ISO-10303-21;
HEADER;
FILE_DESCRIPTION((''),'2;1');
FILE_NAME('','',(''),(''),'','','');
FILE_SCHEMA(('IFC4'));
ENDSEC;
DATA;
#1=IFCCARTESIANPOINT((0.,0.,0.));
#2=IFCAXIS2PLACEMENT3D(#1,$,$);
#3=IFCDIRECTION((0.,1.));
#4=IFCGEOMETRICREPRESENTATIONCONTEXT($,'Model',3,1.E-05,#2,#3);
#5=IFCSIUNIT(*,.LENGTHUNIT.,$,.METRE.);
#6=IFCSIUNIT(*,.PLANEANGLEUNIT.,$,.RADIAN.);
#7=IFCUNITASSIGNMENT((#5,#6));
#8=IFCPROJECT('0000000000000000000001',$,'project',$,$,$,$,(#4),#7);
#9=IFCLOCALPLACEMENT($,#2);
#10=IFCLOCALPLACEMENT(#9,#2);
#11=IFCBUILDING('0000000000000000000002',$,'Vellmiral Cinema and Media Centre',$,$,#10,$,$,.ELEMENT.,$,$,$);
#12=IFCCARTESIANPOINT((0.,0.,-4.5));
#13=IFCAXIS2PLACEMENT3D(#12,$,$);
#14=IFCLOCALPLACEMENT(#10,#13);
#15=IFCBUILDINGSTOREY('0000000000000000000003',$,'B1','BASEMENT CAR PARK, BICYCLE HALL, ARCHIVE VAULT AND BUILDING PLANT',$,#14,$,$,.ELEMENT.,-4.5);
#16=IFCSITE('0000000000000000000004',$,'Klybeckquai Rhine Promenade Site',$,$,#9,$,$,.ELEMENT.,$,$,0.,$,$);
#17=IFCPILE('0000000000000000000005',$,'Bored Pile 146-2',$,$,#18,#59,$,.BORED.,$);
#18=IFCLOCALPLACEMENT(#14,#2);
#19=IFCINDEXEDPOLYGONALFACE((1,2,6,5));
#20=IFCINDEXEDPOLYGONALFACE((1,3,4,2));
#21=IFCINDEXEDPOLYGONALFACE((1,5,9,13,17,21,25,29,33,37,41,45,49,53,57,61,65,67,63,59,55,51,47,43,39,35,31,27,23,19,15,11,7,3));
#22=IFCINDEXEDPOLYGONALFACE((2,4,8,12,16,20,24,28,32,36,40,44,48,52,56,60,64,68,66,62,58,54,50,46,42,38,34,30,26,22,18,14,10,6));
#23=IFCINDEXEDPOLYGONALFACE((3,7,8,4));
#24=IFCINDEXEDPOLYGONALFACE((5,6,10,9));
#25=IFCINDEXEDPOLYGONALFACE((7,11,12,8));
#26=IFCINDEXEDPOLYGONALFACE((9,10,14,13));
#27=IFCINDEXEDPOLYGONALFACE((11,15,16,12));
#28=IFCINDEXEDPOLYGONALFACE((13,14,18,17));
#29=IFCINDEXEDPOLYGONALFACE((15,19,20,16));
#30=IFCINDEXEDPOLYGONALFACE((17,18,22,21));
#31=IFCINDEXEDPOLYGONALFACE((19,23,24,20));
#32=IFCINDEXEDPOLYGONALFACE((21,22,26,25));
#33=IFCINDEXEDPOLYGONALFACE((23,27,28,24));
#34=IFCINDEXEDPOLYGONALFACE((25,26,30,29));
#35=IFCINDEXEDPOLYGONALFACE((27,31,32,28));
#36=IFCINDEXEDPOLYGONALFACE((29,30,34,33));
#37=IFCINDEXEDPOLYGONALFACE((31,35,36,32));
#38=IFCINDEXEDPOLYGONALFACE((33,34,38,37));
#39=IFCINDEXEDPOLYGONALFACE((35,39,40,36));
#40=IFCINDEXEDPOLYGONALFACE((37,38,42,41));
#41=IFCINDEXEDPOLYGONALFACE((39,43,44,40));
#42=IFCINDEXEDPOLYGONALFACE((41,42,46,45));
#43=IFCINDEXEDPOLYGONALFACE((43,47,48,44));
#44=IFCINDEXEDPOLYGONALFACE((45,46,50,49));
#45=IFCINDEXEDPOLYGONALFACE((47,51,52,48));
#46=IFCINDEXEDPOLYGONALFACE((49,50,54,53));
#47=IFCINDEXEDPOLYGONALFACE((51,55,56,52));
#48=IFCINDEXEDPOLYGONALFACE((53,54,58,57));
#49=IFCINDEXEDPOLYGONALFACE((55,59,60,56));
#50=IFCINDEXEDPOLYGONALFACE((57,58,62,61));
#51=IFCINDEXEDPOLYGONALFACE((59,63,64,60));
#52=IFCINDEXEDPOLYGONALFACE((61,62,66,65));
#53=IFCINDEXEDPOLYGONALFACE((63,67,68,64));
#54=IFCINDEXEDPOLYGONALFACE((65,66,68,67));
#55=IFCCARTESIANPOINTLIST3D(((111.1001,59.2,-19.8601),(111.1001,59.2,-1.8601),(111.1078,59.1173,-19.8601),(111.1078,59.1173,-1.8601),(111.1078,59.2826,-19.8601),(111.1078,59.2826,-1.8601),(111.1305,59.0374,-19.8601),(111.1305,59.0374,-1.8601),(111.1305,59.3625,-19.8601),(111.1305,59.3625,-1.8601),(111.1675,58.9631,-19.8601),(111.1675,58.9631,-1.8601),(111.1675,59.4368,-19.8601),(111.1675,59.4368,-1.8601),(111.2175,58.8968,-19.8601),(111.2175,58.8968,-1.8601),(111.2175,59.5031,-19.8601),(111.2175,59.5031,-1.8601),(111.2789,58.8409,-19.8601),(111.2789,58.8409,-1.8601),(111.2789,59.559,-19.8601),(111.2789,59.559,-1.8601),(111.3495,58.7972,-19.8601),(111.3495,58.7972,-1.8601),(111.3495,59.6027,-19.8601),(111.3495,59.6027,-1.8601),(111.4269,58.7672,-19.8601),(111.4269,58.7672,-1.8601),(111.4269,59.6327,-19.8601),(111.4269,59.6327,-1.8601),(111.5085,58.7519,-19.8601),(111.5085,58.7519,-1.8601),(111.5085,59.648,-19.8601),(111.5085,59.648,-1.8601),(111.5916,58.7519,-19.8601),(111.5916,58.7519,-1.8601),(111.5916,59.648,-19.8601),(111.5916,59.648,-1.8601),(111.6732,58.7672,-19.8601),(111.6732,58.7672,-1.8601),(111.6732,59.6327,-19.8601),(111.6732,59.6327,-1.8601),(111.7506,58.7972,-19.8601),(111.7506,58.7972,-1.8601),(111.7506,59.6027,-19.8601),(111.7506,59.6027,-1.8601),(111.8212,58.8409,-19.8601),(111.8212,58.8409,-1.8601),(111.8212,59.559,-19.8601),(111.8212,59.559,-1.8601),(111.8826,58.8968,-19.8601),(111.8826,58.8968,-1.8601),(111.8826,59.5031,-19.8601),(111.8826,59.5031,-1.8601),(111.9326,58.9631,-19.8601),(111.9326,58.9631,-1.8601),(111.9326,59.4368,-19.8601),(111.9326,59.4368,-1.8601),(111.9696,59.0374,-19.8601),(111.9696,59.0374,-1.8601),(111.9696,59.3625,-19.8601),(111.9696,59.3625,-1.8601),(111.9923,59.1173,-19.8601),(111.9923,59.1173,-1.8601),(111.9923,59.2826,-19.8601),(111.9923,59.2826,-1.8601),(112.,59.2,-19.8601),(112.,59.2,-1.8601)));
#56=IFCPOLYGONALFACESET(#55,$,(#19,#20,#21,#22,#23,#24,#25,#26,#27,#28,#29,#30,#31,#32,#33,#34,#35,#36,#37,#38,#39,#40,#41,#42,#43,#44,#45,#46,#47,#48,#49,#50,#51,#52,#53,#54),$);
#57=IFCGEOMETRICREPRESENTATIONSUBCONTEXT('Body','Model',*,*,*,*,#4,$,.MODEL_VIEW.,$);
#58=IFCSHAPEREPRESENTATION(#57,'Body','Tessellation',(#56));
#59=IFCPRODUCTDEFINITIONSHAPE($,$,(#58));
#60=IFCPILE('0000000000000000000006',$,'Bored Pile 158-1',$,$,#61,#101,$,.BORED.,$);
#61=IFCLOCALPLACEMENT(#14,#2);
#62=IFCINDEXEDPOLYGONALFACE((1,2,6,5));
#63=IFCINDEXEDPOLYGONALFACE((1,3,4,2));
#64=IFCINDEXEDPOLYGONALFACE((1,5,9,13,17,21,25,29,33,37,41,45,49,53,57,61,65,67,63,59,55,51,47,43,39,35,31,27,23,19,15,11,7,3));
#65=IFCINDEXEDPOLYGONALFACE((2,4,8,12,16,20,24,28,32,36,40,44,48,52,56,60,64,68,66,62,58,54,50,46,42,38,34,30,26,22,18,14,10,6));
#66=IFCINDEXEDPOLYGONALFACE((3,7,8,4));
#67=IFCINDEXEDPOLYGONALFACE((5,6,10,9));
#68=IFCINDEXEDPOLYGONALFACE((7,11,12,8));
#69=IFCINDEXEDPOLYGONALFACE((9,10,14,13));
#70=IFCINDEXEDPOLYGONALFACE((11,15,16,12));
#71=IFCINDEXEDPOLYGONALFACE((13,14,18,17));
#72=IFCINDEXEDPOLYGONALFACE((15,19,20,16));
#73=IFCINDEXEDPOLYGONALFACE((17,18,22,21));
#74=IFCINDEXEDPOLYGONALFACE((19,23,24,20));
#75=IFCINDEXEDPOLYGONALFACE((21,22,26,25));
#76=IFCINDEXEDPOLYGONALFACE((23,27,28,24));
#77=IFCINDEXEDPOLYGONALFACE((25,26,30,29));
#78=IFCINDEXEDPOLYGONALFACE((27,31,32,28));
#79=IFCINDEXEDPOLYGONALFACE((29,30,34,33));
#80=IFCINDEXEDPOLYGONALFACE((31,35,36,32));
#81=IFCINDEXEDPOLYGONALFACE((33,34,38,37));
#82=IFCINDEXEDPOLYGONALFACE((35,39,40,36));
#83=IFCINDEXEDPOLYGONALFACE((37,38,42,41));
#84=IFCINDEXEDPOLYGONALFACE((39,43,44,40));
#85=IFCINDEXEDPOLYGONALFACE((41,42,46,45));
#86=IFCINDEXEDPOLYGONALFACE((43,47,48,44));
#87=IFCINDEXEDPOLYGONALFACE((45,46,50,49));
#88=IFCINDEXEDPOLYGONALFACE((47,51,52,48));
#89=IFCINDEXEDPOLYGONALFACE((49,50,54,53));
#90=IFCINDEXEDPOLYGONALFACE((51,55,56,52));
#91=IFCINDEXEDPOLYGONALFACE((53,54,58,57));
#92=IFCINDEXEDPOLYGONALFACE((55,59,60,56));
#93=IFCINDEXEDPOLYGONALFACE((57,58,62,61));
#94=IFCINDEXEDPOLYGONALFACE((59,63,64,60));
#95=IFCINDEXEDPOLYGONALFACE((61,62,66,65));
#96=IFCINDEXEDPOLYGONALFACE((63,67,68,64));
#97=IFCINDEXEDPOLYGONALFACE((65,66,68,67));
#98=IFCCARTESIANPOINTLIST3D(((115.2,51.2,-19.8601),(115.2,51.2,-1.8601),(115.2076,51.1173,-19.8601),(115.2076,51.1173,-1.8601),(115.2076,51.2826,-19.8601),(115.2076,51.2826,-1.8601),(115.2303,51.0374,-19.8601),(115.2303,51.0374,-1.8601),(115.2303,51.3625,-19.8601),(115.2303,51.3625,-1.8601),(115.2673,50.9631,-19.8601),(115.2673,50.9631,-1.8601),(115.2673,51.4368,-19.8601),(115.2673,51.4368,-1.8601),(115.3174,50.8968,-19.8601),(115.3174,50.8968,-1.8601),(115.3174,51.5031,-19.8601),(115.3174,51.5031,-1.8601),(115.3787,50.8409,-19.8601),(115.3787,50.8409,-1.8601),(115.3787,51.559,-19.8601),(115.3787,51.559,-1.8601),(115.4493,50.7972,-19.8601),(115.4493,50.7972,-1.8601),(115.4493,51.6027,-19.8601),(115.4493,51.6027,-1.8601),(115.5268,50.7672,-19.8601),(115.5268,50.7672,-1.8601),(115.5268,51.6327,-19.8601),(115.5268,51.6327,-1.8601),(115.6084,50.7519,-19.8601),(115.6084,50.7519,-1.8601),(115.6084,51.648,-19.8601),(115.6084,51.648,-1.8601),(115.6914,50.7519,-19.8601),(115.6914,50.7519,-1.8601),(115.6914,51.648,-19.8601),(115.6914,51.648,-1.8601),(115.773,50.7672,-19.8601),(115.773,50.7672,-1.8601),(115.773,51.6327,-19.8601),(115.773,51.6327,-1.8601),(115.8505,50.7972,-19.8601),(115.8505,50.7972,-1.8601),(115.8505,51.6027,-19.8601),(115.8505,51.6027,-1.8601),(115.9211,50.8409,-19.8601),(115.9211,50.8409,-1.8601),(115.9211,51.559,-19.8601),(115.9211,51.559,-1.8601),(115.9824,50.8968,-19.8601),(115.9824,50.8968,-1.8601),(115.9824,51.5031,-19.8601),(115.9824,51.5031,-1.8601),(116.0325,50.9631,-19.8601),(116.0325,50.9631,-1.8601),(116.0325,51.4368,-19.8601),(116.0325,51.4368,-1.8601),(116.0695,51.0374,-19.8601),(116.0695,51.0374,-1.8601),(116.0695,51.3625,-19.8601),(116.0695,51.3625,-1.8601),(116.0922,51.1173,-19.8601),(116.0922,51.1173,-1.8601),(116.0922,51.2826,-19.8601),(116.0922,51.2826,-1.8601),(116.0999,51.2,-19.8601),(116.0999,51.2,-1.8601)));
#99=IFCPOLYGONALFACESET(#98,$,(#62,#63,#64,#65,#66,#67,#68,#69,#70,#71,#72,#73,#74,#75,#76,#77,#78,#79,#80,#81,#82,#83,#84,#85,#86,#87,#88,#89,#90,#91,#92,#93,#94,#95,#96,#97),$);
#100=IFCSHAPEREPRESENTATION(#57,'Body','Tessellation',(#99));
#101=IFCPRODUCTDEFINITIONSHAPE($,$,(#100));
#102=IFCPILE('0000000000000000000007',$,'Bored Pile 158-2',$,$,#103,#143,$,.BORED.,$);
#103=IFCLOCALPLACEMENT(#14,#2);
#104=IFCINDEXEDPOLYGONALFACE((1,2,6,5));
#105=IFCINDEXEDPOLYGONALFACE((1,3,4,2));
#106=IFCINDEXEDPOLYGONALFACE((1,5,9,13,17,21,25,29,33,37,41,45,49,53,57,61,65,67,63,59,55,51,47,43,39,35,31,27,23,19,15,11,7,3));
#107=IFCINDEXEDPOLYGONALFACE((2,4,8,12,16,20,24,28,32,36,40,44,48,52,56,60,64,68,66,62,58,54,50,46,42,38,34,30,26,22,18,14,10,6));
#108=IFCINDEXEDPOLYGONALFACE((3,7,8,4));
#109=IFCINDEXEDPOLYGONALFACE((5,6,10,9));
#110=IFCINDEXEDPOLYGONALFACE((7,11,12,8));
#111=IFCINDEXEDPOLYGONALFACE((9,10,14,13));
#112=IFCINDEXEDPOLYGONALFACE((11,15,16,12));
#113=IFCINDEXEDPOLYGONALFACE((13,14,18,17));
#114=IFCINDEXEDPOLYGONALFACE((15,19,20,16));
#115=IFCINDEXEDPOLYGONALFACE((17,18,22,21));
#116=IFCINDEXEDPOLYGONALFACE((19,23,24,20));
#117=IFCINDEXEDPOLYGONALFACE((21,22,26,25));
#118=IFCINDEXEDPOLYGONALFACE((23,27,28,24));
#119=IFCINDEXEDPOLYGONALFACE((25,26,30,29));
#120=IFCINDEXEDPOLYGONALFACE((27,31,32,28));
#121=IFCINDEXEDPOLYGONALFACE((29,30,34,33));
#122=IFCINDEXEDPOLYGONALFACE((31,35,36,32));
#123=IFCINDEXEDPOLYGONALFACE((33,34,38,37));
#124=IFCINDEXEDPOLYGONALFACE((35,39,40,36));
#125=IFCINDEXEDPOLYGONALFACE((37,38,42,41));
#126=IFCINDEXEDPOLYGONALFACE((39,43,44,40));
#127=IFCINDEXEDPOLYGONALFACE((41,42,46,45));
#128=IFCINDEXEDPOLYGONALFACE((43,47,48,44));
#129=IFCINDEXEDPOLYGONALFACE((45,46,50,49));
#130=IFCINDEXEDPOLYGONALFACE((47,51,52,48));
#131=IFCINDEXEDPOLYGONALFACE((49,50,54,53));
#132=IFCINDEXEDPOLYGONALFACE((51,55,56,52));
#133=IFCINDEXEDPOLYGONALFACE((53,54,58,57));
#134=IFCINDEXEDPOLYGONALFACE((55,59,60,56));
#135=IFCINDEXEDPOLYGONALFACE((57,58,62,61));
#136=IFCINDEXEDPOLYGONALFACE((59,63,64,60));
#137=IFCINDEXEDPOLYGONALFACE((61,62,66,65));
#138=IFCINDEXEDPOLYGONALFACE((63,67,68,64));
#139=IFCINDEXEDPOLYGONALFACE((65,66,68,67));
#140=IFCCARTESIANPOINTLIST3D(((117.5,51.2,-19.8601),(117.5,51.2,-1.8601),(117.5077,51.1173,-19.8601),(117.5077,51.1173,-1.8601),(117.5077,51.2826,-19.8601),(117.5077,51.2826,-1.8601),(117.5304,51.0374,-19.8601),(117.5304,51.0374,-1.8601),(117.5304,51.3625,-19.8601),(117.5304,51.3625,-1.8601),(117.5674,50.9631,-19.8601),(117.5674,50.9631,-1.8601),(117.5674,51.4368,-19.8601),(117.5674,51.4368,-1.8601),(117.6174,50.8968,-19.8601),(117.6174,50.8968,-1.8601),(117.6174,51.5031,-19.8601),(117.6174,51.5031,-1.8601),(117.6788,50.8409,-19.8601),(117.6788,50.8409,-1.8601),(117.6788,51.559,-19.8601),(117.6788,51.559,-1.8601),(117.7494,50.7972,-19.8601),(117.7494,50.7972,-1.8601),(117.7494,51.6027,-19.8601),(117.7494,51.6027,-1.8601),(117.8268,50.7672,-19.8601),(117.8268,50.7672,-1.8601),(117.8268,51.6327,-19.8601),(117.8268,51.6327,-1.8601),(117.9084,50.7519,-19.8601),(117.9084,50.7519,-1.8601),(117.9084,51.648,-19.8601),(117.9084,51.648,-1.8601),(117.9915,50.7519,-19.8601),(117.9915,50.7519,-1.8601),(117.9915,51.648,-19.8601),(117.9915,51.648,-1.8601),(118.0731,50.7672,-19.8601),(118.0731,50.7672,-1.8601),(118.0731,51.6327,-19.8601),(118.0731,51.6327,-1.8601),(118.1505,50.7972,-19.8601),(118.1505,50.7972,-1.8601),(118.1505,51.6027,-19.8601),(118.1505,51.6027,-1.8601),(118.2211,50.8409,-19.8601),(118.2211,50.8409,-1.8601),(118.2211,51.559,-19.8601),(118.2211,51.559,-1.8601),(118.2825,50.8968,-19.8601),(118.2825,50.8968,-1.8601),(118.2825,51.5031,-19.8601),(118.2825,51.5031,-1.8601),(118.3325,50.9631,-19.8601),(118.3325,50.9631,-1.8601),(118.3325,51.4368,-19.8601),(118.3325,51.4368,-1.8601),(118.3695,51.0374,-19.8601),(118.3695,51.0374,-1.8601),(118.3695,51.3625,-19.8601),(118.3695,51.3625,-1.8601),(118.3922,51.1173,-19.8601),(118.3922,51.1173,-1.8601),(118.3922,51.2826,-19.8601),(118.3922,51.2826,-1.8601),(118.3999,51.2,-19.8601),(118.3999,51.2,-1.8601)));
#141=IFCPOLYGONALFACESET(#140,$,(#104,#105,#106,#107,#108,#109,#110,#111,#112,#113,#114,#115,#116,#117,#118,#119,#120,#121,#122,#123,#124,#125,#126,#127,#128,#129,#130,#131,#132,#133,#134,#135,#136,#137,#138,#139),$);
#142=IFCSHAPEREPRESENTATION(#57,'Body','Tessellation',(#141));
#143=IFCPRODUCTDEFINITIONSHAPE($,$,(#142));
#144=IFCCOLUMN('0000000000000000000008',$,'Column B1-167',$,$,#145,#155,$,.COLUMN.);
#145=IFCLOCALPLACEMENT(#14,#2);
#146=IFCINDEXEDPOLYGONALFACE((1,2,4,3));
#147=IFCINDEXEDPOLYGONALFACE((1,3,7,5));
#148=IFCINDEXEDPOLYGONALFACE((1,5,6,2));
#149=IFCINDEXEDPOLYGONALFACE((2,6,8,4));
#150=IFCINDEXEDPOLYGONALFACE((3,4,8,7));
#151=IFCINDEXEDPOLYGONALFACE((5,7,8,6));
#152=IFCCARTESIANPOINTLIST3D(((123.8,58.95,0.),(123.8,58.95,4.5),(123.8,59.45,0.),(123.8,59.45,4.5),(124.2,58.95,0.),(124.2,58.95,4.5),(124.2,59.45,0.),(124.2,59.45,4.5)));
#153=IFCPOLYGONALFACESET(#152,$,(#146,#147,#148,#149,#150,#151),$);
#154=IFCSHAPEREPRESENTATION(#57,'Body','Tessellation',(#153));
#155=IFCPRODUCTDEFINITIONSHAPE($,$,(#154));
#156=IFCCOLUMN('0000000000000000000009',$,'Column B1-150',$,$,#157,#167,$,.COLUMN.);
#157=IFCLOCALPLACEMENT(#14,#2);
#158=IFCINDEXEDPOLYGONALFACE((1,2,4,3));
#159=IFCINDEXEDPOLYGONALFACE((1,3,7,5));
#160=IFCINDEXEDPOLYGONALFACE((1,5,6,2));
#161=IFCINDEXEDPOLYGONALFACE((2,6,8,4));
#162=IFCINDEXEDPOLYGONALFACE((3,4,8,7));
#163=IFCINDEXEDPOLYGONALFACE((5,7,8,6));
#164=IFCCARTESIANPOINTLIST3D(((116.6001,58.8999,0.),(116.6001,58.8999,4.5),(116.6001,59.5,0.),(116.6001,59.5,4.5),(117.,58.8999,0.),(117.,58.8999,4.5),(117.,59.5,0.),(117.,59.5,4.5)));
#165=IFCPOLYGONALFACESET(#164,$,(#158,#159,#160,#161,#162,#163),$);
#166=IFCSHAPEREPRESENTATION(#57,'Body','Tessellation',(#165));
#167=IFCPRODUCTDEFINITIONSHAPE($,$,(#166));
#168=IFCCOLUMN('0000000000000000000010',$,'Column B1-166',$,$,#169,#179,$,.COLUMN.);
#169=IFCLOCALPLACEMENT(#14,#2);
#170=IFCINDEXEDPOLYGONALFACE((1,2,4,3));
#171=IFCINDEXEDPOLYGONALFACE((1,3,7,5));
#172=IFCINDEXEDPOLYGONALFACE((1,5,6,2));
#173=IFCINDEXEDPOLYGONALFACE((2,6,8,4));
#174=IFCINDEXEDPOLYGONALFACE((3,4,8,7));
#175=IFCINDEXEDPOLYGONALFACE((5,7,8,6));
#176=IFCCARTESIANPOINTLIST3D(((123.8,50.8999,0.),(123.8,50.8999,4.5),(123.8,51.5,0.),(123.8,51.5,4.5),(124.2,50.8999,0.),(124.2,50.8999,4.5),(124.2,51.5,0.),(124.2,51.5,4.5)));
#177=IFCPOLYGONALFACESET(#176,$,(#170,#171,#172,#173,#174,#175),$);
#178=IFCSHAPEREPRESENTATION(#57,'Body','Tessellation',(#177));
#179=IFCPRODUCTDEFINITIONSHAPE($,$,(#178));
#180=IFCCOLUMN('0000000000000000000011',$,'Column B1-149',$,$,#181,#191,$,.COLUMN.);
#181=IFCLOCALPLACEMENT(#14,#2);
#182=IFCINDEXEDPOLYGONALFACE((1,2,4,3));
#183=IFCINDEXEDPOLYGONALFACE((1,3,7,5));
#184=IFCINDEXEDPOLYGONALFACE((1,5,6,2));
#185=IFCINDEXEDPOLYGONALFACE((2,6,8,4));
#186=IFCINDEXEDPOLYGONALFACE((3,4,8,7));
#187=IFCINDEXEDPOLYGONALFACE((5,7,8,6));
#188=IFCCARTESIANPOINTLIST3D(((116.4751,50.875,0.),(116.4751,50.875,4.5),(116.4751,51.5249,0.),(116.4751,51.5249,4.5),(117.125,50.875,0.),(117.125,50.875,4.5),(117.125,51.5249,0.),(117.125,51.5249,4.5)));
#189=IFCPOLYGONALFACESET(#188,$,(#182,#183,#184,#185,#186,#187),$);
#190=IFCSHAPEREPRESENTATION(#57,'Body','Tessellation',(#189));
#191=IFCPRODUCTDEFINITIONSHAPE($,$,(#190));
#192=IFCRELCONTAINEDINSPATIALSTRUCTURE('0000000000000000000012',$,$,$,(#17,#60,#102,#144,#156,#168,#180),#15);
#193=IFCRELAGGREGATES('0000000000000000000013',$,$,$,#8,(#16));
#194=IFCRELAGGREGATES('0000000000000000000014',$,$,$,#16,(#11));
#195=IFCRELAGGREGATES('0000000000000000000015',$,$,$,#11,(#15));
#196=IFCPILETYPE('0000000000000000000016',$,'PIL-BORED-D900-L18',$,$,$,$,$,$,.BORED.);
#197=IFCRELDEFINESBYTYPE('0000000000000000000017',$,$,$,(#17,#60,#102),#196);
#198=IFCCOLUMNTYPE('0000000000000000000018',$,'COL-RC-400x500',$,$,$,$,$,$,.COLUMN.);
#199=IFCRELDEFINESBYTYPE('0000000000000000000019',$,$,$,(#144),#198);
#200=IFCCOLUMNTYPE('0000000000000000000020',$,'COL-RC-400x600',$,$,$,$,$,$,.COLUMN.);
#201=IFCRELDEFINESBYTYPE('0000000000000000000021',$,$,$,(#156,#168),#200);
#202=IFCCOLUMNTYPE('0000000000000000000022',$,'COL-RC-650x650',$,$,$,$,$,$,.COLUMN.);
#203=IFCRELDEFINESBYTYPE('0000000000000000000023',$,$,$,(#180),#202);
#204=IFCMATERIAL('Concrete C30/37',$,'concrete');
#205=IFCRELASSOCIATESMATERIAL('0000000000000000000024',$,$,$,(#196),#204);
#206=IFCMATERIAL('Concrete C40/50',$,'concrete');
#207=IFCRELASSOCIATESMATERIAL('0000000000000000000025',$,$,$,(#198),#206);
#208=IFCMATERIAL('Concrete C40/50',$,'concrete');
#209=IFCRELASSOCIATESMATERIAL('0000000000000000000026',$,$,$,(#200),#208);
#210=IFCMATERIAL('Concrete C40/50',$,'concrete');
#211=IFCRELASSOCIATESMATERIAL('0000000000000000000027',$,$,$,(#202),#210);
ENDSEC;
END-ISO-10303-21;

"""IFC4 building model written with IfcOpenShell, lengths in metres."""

from ifc_helpers import new_model, si_unit, direction, frame, origin, origin_2d, place, context, subcontext, project, spatial, rectangle, circle, extrude, material, material_profile, profile_set, type_object, element, save


model = new_model("IFC4")

# Units and contexts
model_context = context("Model", 3, precision=1e-05, world=origin(), true_north=direction((0.0, 1.0)))
body_context = subcontext(model_context, "Body", "Model", "MODEL_VIEW")
ifc_project = project(units=[si_unit("LENGTHUNIT", "METRE"), si_unit("PLANEANGLEUNIT", "RADIAN")], contexts=[model_context])

# Site, building, storey
site_placement = place(None, origin())
site = spatial("IfcSite", under=ifc_project, at=site_placement, Name="Klybeckquai Rhine Promenade Site", CompositionType="ELEMENT", RefElevation=0.0)
building_placement = place(site_placement, origin())
building = spatial("IfcBuilding", under=site, at=building_placement, Name="Vellmiral Cinema and Media Centre", CompositionType="ELEMENT")
storey_placement = place(building_placement, frame((0.0, 0.0, -4.5)))
storey = spatial("IfcBuildingStorey", under=building, at=storey_placement, Name="B1", Description="BASEMENT CAR PARK, BICYCLE HALL, ARCHIVE VAULT AND BUILDING PLANT", CompositionType="ELEMENT", Elevation=-4.5)

# Piles
ifc_material_1 = material(Name="Concrete C30/37", Category="concrete")
ifc_material_profile_1 = material_profile(ifc_material_1, circle(Radius=0.45, at=origin_2d()), Name="PILE D900")
ifc_profile_set_1 = profile_set([ifc_material_profile_1], Name="Concrete C30/37")
pile_type_1 = type_object("IfcPileType", Name="PIL-BORED-D900-L18", PredefinedType="BORED", material=ifc_profile_set_1)
for number, where, z_axis, x_axis, name in (
    (1, (111.55, 59.2, -1.8601), (0.0, 0.0, -1.0), (1.0, 0.0, 0.0), "Bored Pile 146-2"),
    (2, (115.6499, 51.2, -1.8601), (0.0, 0.0, -1.0), (1.0, 0.0, 0.0), "Bored Pile 158-1"),
    (3, (117.95, 51.2, -1.8601), (0.0, 0.0, -1.0), (1.0, 0.0, 0.0), "Bored Pile 158-2"),
):
    element("IfcPile", number, at=place(storey_placement, frame(where, z_axis=z_axis, x_axis=x_axis)), inside=storey, type_object=pile_type_1, Name=name, PredefinedType="BORED", context=body_context, shape_type="SweptSolid", body=[
        extrude(circle(Radius=0.45, at=origin_2d()), origin(), (0.0, 0.0, 1.0), 18.0),
    ])

# Columns
ifc_material_2 = material(Name="Concrete C40/50", Category="concrete")
ifc_material_profile_2 = material_profile(ifc_material_2, rectangle(XDim=0.3999, YDim=0.5, at=origin_2d()), Name="RC 400x500")
ifc_profile_set_2 = profile_set([ifc_material_profile_2], Name="Concrete C40/50")
column_type_1 = type_object("IfcColumnType", Name="COL-RC-400x500", PredefinedType="COLUMN", material=ifc_profile_set_2)
column_1_placement = place(storey_placement, frame((124.0, 59.2, 0.0), z_axis=(0.0, 0.0, 1.0), x_axis=(1.0, 0.0, 0.0)))
element("IfcColumn", 4, at=column_1_placement, inside=storey, type_object=column_type_1, Name="Column B1-167", PredefinedType="COLUMN", context=body_context, shape_type="SweptSolid", body=[
    extrude(rectangle(XDim=0.3999, YDim=0.5, at=origin_2d()), origin(), (0.0, 0.0, 1.0), 4.5),
])
ifc_material_3 = material(Name="Concrete C40/50", Category="concrete")
ifc_material_profile_3 = material_profile(ifc_material_3, rectangle(XDim=0.3999, YDim=0.6001, at=origin_2d()), Name="RC 400x600")
ifc_profile_set_3 = profile_set([ifc_material_profile_3], Name="Concrete C40/50")
column_type_2 = type_object("IfcColumnType", Name="COL-RC-400x600", PredefinedType="COLUMN", material=ifc_profile_set_3)
for number, where, z_axis, x_axis, name in (
    (5, (116.8, 59.2, 0.0), (0.0, 0.0, 1.0), (1.0, 0.0, 0.0), "Column B1-150"),
    (6, (124.0, 51.2, 0.0), (0.0, 0.0, 1.0), (1.0, 0.0, 0.0), "Column B1-166"),
):
    element("IfcColumn", number, at=place(storey_placement, frame(where, z_axis=z_axis, x_axis=x_axis)), inside=storey, type_object=column_type_2, Name=name, PredefinedType="COLUMN", context=body_context, shape_type="SweptSolid", body=[
        extrude(rectangle(XDim=0.3999, YDim=0.6001, at=origin_2d()), origin(), (0.0, 0.0, 1.0), 4.5),
    ])
ifc_material_4 = material(Name="Concrete C40/50", Category="concrete")
ifc_material_profile_4 = material_profile(ifc_material_4, rectangle(XDim=0.6499, YDim=0.6499, at=origin_2d()), Name="RC 650x650")
ifc_profile_set_4 = profile_set([ifc_material_profile_4], Name="Concrete C40/50")
column_type_3 = type_object("IfcColumnType", Name="COL-RC-650x650", PredefinedType="COLUMN", material=ifc_profile_set_4)
column_2_placement = place(storey_placement, frame((116.8, 51.2, 0.0), z_axis=(0.0, 0.0, 1.0), x_axis=(1.0, 0.0, 0.0)))
element("IfcColumn", 7, at=column_2_placement, inside=storey, type_object=column_type_3, Name="Column B1-149", PredefinedType="COLUMN", context=body_context, shape_type="SweptSolid", body=[
    extrude(rectangle(XDim=0.6499, YDim=0.6499, at=origin_2d()), origin(), (0.0, 0.0, 1.0), 4.5),
])

save(model, "model.ifc")
